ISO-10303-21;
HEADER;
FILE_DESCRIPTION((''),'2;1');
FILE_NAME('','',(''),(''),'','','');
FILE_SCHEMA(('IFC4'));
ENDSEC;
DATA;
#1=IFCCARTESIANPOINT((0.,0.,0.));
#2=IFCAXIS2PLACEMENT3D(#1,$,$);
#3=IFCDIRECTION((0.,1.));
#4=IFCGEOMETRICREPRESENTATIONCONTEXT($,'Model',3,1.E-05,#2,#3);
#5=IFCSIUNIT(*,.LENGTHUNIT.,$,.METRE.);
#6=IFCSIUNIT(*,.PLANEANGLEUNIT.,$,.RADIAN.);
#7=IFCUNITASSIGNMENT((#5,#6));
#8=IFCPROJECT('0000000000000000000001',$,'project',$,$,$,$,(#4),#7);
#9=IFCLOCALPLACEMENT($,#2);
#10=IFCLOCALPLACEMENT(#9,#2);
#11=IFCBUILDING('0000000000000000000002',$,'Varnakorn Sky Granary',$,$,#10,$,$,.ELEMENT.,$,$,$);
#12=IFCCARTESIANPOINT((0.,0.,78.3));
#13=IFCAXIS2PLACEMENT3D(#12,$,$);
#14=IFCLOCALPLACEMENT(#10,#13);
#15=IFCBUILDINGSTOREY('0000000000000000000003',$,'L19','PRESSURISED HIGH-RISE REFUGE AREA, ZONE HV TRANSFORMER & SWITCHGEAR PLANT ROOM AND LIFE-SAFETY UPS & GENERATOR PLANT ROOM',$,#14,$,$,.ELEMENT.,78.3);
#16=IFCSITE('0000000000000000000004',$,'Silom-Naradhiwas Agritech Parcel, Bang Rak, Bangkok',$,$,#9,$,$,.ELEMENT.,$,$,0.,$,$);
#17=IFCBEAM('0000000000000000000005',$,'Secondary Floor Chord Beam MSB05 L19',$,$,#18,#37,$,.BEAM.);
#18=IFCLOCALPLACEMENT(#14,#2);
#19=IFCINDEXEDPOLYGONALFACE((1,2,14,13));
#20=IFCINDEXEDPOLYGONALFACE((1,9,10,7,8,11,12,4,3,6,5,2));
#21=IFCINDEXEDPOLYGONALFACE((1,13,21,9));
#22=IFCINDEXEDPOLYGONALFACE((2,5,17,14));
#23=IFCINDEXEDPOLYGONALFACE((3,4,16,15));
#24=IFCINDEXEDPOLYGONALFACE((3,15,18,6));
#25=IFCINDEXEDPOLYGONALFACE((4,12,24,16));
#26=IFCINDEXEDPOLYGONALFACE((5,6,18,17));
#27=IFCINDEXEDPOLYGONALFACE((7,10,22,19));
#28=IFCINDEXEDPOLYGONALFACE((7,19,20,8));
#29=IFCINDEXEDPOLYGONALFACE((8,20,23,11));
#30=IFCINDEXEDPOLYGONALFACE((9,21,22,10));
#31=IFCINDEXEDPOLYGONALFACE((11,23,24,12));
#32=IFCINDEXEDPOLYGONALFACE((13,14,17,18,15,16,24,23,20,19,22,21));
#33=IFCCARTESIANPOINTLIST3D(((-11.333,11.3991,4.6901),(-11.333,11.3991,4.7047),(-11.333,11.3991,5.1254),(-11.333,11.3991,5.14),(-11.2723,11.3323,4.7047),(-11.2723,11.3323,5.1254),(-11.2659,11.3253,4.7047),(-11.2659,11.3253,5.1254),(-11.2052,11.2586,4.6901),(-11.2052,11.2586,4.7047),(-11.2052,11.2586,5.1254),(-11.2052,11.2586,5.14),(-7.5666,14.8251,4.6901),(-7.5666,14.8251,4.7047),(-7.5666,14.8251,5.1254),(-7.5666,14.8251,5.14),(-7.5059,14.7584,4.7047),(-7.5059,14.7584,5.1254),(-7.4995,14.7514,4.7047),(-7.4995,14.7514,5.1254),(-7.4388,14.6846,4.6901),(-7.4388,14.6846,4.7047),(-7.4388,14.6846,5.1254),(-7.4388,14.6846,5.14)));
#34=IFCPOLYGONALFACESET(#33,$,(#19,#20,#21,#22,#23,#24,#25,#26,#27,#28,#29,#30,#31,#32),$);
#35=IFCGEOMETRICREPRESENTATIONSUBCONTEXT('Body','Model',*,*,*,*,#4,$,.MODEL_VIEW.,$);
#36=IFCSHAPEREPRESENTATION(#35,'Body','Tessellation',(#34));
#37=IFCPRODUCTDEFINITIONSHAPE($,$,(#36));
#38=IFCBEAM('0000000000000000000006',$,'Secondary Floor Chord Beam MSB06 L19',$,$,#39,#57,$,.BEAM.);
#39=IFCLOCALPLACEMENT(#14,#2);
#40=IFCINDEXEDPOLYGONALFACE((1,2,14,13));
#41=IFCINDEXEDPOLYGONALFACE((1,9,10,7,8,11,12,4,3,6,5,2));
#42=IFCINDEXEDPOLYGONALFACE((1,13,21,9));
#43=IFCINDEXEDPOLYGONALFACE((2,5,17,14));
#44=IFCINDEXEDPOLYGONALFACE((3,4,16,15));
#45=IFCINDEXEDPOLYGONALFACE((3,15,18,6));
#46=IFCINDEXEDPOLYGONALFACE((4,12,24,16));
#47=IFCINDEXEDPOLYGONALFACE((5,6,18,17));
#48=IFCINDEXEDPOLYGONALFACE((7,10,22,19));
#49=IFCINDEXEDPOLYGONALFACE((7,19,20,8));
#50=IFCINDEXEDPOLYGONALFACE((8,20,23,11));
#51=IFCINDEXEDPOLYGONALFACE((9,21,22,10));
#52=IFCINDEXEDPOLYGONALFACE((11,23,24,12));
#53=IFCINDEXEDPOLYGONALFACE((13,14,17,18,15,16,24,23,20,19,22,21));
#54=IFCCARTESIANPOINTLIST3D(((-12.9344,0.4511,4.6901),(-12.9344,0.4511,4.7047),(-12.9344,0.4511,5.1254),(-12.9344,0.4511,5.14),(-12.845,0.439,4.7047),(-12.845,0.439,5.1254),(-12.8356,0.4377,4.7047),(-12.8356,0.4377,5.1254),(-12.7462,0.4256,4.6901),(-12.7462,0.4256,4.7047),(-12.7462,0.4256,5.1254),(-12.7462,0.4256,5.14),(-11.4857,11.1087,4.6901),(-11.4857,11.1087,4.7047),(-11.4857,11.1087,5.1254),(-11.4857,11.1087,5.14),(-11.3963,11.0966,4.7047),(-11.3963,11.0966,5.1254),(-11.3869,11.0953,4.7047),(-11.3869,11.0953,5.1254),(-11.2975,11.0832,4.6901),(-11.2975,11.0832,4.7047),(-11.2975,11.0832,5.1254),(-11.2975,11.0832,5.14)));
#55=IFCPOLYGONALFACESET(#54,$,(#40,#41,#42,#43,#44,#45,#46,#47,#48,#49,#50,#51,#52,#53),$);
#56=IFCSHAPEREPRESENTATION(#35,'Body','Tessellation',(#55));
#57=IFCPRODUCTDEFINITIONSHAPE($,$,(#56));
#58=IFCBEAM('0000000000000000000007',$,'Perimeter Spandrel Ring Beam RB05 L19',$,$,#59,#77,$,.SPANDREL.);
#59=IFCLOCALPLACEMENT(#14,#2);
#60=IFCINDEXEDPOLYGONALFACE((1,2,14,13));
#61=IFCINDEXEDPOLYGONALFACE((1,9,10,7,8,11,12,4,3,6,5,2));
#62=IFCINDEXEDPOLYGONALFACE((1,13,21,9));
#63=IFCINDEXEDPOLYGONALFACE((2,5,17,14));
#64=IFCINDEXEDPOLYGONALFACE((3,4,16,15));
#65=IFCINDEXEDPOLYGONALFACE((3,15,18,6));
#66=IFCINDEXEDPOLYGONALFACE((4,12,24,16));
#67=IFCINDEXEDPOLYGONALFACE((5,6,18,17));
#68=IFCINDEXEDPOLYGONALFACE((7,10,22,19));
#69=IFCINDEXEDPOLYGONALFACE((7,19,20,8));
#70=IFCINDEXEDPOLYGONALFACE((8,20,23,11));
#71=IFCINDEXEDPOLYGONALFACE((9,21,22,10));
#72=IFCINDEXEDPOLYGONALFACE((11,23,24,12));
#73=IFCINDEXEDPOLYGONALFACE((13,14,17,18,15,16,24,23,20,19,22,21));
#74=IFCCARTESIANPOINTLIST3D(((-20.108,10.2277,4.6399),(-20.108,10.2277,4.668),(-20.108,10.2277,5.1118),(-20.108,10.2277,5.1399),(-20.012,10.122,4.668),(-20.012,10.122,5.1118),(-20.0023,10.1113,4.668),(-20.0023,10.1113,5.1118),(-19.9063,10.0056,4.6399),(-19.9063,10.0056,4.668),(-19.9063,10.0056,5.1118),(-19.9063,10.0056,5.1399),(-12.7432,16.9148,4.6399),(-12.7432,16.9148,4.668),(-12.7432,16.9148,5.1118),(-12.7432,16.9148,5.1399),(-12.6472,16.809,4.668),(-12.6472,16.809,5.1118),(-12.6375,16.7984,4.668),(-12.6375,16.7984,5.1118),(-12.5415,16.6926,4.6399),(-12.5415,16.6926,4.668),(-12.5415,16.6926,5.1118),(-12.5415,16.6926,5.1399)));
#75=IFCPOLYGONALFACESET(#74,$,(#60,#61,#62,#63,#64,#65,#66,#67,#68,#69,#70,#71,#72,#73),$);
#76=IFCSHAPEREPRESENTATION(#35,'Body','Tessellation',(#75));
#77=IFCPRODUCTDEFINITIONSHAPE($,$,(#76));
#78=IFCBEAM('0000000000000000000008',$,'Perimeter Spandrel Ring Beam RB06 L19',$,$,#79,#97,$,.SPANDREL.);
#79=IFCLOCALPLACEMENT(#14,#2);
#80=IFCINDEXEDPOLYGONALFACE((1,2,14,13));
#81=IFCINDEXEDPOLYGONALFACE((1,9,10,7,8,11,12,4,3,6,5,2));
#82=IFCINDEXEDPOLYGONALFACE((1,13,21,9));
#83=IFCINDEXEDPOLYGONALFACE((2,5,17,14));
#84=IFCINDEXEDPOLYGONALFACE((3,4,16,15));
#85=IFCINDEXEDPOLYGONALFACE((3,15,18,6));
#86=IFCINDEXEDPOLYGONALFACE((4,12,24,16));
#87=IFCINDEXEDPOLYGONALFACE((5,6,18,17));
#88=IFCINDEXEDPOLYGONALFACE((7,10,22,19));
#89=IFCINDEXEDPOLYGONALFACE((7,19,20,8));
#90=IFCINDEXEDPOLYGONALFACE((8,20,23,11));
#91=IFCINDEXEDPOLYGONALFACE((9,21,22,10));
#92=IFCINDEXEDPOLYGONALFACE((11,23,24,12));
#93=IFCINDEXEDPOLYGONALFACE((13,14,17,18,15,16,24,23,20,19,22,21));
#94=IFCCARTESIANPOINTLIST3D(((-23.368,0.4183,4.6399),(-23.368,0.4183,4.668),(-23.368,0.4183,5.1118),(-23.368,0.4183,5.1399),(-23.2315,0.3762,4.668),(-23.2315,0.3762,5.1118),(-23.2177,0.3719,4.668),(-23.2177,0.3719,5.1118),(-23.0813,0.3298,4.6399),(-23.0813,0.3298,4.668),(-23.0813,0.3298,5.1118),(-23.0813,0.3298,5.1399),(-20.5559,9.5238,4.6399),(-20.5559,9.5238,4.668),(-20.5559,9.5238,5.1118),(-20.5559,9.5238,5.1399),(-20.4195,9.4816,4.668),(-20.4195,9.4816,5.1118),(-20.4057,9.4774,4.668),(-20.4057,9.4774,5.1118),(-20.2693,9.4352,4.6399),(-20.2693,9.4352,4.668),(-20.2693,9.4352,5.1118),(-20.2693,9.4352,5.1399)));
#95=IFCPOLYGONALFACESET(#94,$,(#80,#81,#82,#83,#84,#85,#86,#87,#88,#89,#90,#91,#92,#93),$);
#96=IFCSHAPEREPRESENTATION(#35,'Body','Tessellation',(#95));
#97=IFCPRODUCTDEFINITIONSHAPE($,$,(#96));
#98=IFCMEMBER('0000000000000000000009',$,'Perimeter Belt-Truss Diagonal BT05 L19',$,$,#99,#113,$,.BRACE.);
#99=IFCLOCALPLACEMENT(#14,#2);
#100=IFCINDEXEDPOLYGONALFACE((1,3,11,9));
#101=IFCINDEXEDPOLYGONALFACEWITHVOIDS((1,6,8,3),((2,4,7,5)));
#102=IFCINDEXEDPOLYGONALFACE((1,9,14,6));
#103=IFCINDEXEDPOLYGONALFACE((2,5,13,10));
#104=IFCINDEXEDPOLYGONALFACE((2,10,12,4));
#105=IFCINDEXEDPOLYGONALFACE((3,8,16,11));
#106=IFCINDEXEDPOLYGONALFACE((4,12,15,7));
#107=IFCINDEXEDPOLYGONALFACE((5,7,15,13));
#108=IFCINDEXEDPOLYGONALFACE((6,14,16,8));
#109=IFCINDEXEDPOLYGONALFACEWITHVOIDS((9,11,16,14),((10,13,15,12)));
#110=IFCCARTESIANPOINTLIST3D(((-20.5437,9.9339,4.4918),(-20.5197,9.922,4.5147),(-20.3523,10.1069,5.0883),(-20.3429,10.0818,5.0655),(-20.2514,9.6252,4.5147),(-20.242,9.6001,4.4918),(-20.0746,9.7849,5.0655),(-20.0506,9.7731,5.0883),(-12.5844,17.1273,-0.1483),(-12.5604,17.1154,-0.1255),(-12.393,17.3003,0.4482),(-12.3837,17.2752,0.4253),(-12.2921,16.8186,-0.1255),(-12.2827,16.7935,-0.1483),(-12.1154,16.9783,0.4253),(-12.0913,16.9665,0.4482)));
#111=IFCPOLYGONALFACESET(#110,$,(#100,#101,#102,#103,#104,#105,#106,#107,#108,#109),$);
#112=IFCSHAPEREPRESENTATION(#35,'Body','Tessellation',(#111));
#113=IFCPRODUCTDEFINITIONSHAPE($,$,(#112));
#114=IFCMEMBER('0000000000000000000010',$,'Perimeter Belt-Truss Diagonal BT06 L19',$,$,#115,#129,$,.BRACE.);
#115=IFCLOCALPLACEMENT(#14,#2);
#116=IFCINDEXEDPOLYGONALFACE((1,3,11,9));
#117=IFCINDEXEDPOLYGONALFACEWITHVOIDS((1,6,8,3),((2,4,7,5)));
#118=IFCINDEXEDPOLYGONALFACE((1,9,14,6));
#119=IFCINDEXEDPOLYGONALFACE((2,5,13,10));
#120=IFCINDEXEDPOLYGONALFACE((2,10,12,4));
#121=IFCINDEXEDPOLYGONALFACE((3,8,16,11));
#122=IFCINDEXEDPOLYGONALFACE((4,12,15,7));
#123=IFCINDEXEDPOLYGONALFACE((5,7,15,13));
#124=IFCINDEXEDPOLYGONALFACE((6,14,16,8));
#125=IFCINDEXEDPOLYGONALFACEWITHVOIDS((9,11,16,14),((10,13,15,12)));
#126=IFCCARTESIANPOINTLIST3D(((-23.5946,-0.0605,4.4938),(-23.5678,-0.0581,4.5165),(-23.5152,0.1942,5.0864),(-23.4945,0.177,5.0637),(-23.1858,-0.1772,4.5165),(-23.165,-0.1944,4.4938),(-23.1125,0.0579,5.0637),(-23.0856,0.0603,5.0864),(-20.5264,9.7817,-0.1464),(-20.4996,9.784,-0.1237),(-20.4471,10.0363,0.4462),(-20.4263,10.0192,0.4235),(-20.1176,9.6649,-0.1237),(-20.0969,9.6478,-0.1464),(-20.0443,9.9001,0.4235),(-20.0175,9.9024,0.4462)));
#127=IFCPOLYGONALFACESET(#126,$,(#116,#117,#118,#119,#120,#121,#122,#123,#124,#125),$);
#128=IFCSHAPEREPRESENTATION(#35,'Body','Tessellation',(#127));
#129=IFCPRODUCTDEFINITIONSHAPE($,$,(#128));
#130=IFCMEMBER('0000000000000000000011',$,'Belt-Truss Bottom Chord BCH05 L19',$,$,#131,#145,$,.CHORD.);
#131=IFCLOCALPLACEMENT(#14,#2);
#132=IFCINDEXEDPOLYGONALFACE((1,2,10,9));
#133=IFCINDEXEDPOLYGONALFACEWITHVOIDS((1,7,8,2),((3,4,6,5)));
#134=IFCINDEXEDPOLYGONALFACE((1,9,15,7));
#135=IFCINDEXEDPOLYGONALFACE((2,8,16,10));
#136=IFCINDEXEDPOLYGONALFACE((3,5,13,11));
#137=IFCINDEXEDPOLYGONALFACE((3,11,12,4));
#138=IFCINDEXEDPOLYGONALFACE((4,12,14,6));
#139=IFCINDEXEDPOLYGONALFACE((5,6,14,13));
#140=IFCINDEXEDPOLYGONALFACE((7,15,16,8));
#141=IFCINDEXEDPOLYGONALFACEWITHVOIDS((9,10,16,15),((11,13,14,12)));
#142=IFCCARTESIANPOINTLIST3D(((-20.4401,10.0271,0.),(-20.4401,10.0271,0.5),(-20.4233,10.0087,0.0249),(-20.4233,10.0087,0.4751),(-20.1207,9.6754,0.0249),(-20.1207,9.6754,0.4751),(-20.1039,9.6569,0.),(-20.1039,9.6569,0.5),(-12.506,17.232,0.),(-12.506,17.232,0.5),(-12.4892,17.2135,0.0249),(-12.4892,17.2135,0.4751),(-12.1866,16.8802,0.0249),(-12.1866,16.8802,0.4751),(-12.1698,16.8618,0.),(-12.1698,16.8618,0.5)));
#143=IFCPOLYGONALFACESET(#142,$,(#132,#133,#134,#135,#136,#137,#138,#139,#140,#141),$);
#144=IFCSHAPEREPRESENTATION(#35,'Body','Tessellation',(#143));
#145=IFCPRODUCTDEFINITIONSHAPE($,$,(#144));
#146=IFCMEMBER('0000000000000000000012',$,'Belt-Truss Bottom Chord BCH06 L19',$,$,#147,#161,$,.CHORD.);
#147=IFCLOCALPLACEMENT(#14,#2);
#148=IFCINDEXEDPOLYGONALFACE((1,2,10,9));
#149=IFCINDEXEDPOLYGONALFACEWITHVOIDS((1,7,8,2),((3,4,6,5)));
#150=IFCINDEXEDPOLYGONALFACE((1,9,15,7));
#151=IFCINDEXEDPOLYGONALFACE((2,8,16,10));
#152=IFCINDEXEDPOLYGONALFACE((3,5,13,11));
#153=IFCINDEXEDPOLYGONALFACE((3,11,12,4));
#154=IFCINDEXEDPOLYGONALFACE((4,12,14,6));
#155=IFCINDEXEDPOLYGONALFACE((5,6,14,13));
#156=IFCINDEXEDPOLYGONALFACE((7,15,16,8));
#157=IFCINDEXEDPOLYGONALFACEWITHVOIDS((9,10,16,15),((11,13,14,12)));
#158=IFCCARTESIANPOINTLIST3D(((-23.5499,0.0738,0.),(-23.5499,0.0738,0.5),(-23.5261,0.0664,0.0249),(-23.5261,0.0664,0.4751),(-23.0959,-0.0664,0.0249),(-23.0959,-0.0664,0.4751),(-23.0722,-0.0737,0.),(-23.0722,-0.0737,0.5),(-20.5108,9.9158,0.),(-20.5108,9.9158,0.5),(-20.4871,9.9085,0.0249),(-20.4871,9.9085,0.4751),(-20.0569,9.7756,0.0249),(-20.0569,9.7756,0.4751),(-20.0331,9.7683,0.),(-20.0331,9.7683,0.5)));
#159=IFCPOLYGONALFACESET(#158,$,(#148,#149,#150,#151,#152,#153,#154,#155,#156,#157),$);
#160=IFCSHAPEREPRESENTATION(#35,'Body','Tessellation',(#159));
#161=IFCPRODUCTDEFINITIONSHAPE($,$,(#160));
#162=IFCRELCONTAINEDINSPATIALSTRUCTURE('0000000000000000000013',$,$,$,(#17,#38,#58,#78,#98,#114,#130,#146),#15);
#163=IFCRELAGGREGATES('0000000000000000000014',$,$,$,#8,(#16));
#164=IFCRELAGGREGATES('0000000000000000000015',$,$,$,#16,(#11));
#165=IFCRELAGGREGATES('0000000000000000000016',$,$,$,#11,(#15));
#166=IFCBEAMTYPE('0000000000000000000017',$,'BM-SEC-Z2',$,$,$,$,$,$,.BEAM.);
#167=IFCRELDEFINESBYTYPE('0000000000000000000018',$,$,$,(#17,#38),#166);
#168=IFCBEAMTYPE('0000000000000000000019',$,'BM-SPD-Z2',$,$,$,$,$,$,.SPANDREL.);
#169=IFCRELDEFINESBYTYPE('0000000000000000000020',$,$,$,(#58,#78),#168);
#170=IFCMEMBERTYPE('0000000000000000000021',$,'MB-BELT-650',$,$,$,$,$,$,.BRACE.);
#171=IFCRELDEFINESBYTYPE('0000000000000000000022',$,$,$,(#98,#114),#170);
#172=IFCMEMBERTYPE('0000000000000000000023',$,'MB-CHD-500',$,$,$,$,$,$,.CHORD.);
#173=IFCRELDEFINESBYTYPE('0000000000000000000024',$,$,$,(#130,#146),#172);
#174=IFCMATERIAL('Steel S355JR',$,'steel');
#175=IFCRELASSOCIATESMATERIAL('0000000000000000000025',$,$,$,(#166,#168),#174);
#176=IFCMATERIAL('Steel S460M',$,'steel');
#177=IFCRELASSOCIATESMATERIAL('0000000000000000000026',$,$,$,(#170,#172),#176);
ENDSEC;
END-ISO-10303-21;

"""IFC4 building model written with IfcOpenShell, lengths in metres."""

from ifc_helpers import new_model, si_unit, direction, frame, origin, origin_2d, place, context, subcontext, project, spatial, hollow_rectangle, i_section, extrude, material, material_profile, profile_set, type_object, element, save


model = new_model("IFC4")

# Units and contexts
model_context = context("Model", 3, precision=1e-05, world=origin(), true_north=direction((0.0, 1.0)))
body_context = subcontext(model_context, "Body", "Model", "MODEL_VIEW")
ifc_project = project(units=[si_unit("LENGTHUNIT", "METRE"), si_unit("PLANEANGLEUNIT", "RADIAN")], contexts=[model_context])

# Site, building, storey
site_placement = place(None, origin())
site = spatial("IfcSite", under=ifc_project, at=site_placement, Name="Silom-Naradhiwas Agritech Parcel, Bang Rak, Bangkok", CompositionType="ELEMENT", RefElevation=0.0)
building_placement = place(site_placement, origin())
building = spatial("IfcBuilding", under=site, at=building_placement, Name="Varnakorn Sky Granary", CompositionType="ELEMENT")
storey_placement = place(building_placement, frame((0.0, 0.0, 78.3)))
storey = spatial("IfcBuildingStorey", under=building, at=storey_placement, Name="L19", Description="PRESSURISED HIGH-RISE REFUGE AREA, ZONE HV TRANSFORMER & SWITCHGEAR PLANT ROOM AND LIFE-SAFETY UPS & GENERATOR PLANT ROOM", CompositionType="ELEMENT", Elevation=78.3)

# Shared definitions
ifc_material_1 = material(Name="Steel S460M", Category="steel")

# Beams
ifc_material_2 = material(Name="Steel S355JR", Category="steel")
ifc_material_profile_1 = material_profile(ifc_material_2, i_section(OverallWidth=0.1899, OverallDepth=0.45, WebThickness=0.0095, FlangeThickness=0.0146, at=origin_2d()), Name="IPE 450")
ifc_profile_set_1 = profile_set([ifc_material_profile_1], Name="Steel S355JR")
beam_type_1 = type_object("IfcBeamType", Name="BM-SEC-Z2", PredefinedType="BEAM", material=ifc_profile_set_1)
beam_1_placement = place(storey_placement, frame((-7.5027, 14.7549, 4.915), z_axis=(-0.739738, -0.672895, 0.0), x_axis=(0.672895, -0.739738, 0.0)))
element("IfcBeam", 1, at=beam_1_placement, inside=storey, type_object=beam_type_1, Name="Secondary Floor Chord Beam MSB05 L19", PredefinedType="BEAM", context=body_context, shape_type="SweptSolid", body=[
    extrude(i_section(OverallWidth=0.1899, OverallDepth=0.45, WebThickness=0.0095, FlangeThickness=0.0146, at=origin_2d()), origin(), (0.0, 0.0, 1.0), 5.0916),
])
beam_2_placement = place(storey_placement, frame((-11.3916, 11.0959, 4.915), z_axis=(-0.134694, -0.990887, 0.0), x_axis=(0.990887, -0.134694, 0.0)))
element("IfcBeam", 2, at=beam_2_placement, inside=storey, type_object=beam_type_1, Name="Secondary Floor Chord Beam MSB06 L19", PredefinedType="BEAM", context=body_context, shape_type="SweptSolid", body=[
    extrude(i_section(OverallWidth=0.1899, OverallDepth=0.45, WebThickness=0.0095, FlangeThickness=0.0146, at=origin_2d()), origin(), (0.0, 0.0, 1.0), 10.7556),
])
ifc_material_profile_2 = material_profile(ifc_material_2, i_section(OverallWidth=0.3, OverallDepth=0.5, WebThickness=0.0144, FlangeThickness=0.0281, at=origin_2d()), Name="HE 500 B")
ifc_profile_set_2 = profile_set([ifc_material_profile_2], Name="Steel S355JR")
beam_type_2 = type_object("IfcBeamType", Name="BM-SPD-Z2", PredefinedType="SPANDREL", material=ifc_profile_set_2)
beam_3_placement = place(storey_placement, frame((-12.6423, 16.8037, 4.8899), z_axis=(-0.740351, -0.672221, 0.0), x_axis=(0.672221, -0.740351, 0.0)))
element("IfcBeam", 3, at=beam_3_placement, inside=storey, type_object=beam_type_2, Name="Perimeter Spandrel Ring Beam RB05 L19", PredefinedType="SPANDREL", context=body_context, shape_type="SweptSolid", body=[
    extrude(i_section(OverallWidth=0.3, OverallDepth=0.5, WebThickness=0.0144, FlangeThickness=0.0281, at=origin_2d()), origin(), (0.0, 0.0, 1.0), 9.9478),
])
beam_4_placement = place(storey_placement, frame((-20.4126, 9.4795, 4.8899), z_axis=(-0.295076, -0.955474, 0.0), x_axis=(0.955474, -0.295076, 0.0)))
element("IfcBeam", 4, at=beam_4_placement, inside=storey, type_object=beam_type_2, Name="Perimeter Spandrel Ring Beam RB06 L19", PredefinedType="SPANDREL", context=body_context, shape_type="SweptSolid", body=[
    extrude(i_section(OverallWidth=0.3, OverallDepth=0.5, WebThickness=0.0144, FlangeThickness=0.0281, at=origin_2d()), origin(), (0.0, 0.0, 1.0), 9.5298),
])

# Members
ifc_material_profile_3 = material_profile(ifc_material_1, hollow_rectangle(XDim=0.45, YDim=0.6499, WallThickness=0.0249, at=origin_2d()), Name="RHS 450x650x25")
ifc_profile_set_3 = profile_set([ifc_material_profile_3], Name="Steel S460M")
member_type_1 = type_object("IfcMemberType", Name="MB-BELT-650", PredefinedType="BRACE", material=ifc_profile_set_3)
member_1_placement = place(storey_placement, frame((-12.3379, 17.0469, 0.1499), z_axis=(-0.680936, -0.615414, 0.396978), x_axis=(0.670511, -0.7419, 0.0)))
element("IfcMember", 5, at=member_1_placement, inside=storey, type_object=member_type_1, Name="Perimeter Belt-Truss Diagonal BT05 L19", PredefinedType="BRACE", context=body_context, shape_type="SweptSolid", body=[
    extrude(hollow_rectangle(XDim=0.45, YDim=0.6499, WallThickness=0.0249, at=origin_2d()), origin(), (0.0, 0.0, 1.0), 11.6887),
])
member_2_placement = place(storey_placement, frame((-20.272, 9.842, 0.1499), z_axis=(-0.271387, -0.870568, 0.410439), x_axis=(0.954687, -0.29761, 0.0)))
element("IfcMember", 6, at=member_2_placement, inside=storey, type_object=member_type_1, Name="Perimeter Belt-Truss Diagonal BT06 L19", PredefinedType="BRACE", context=body_context, shape_type="SweptSolid", body=[
    extrude(hollow_rectangle(XDim=0.45, YDim=0.6499, WallThickness=0.0249, at=origin_2d()), origin(), (0.0, 0.0, 1.0), 11.3054),
])
ifc_material_profile_4 = material_profile(ifc_material_1, hollow_rectangle(XDim=0.5, YDim=0.5, WallThickness=0.0249, at=origin_2d()), Name="SHS 500x500x25")
ifc_profile_set_4 = profile_set([ifc_material_profile_4], Name="Steel S460M")
member_type_2 = type_object("IfcMemberType", Name="MB-CHD-500", PredefinedType="CHORD", material=ifc_profile_set_4)
member_3_placement = place(storey_placement, frame((-12.3379, 17.0469, 0.25), z_axis=(-0.74031, -0.672266, 0.0), x_axis=(0.672266, -0.74031, 0.0)))
element("IfcMember", 7, at=member_3_placement, inside=storey, type_object=member_type_2, Name="Belt-Truss Bottom Chord BCH05 L19", PredefinedType="CHORD", context=body_context, shape_type="SweptSolid", body=[
    extrude(hollow_rectangle(XDim=0.5, YDim=0.5, WallThickness=0.0249, at=origin_2d()), origin(), (0.0, 0.0, 1.0), 10.7173),
])
member_4_placement = place(storey_placement, frame((-20.272, 9.842, 0.25), z_axis=(-0.295038, -0.955485, 0.0), x_axis=(0.955485, -0.295038, 0.0)))
element("IfcMember", 8, at=member_4_placement, inside=storey, type_object=member_type_2, Name="Belt-Truss Bottom Chord BCH06 L19", PredefinedType="CHORD", context=body_context, shape_type="SweptSolid", body=[
    extrude(hollow_rectangle(XDim=0.5, YDim=0.5, WallThickness=0.0249, at=origin_2d()), origin(), (0.0, 0.0, 1.0), 10.3005),
])

save(model, "model.ifc")
